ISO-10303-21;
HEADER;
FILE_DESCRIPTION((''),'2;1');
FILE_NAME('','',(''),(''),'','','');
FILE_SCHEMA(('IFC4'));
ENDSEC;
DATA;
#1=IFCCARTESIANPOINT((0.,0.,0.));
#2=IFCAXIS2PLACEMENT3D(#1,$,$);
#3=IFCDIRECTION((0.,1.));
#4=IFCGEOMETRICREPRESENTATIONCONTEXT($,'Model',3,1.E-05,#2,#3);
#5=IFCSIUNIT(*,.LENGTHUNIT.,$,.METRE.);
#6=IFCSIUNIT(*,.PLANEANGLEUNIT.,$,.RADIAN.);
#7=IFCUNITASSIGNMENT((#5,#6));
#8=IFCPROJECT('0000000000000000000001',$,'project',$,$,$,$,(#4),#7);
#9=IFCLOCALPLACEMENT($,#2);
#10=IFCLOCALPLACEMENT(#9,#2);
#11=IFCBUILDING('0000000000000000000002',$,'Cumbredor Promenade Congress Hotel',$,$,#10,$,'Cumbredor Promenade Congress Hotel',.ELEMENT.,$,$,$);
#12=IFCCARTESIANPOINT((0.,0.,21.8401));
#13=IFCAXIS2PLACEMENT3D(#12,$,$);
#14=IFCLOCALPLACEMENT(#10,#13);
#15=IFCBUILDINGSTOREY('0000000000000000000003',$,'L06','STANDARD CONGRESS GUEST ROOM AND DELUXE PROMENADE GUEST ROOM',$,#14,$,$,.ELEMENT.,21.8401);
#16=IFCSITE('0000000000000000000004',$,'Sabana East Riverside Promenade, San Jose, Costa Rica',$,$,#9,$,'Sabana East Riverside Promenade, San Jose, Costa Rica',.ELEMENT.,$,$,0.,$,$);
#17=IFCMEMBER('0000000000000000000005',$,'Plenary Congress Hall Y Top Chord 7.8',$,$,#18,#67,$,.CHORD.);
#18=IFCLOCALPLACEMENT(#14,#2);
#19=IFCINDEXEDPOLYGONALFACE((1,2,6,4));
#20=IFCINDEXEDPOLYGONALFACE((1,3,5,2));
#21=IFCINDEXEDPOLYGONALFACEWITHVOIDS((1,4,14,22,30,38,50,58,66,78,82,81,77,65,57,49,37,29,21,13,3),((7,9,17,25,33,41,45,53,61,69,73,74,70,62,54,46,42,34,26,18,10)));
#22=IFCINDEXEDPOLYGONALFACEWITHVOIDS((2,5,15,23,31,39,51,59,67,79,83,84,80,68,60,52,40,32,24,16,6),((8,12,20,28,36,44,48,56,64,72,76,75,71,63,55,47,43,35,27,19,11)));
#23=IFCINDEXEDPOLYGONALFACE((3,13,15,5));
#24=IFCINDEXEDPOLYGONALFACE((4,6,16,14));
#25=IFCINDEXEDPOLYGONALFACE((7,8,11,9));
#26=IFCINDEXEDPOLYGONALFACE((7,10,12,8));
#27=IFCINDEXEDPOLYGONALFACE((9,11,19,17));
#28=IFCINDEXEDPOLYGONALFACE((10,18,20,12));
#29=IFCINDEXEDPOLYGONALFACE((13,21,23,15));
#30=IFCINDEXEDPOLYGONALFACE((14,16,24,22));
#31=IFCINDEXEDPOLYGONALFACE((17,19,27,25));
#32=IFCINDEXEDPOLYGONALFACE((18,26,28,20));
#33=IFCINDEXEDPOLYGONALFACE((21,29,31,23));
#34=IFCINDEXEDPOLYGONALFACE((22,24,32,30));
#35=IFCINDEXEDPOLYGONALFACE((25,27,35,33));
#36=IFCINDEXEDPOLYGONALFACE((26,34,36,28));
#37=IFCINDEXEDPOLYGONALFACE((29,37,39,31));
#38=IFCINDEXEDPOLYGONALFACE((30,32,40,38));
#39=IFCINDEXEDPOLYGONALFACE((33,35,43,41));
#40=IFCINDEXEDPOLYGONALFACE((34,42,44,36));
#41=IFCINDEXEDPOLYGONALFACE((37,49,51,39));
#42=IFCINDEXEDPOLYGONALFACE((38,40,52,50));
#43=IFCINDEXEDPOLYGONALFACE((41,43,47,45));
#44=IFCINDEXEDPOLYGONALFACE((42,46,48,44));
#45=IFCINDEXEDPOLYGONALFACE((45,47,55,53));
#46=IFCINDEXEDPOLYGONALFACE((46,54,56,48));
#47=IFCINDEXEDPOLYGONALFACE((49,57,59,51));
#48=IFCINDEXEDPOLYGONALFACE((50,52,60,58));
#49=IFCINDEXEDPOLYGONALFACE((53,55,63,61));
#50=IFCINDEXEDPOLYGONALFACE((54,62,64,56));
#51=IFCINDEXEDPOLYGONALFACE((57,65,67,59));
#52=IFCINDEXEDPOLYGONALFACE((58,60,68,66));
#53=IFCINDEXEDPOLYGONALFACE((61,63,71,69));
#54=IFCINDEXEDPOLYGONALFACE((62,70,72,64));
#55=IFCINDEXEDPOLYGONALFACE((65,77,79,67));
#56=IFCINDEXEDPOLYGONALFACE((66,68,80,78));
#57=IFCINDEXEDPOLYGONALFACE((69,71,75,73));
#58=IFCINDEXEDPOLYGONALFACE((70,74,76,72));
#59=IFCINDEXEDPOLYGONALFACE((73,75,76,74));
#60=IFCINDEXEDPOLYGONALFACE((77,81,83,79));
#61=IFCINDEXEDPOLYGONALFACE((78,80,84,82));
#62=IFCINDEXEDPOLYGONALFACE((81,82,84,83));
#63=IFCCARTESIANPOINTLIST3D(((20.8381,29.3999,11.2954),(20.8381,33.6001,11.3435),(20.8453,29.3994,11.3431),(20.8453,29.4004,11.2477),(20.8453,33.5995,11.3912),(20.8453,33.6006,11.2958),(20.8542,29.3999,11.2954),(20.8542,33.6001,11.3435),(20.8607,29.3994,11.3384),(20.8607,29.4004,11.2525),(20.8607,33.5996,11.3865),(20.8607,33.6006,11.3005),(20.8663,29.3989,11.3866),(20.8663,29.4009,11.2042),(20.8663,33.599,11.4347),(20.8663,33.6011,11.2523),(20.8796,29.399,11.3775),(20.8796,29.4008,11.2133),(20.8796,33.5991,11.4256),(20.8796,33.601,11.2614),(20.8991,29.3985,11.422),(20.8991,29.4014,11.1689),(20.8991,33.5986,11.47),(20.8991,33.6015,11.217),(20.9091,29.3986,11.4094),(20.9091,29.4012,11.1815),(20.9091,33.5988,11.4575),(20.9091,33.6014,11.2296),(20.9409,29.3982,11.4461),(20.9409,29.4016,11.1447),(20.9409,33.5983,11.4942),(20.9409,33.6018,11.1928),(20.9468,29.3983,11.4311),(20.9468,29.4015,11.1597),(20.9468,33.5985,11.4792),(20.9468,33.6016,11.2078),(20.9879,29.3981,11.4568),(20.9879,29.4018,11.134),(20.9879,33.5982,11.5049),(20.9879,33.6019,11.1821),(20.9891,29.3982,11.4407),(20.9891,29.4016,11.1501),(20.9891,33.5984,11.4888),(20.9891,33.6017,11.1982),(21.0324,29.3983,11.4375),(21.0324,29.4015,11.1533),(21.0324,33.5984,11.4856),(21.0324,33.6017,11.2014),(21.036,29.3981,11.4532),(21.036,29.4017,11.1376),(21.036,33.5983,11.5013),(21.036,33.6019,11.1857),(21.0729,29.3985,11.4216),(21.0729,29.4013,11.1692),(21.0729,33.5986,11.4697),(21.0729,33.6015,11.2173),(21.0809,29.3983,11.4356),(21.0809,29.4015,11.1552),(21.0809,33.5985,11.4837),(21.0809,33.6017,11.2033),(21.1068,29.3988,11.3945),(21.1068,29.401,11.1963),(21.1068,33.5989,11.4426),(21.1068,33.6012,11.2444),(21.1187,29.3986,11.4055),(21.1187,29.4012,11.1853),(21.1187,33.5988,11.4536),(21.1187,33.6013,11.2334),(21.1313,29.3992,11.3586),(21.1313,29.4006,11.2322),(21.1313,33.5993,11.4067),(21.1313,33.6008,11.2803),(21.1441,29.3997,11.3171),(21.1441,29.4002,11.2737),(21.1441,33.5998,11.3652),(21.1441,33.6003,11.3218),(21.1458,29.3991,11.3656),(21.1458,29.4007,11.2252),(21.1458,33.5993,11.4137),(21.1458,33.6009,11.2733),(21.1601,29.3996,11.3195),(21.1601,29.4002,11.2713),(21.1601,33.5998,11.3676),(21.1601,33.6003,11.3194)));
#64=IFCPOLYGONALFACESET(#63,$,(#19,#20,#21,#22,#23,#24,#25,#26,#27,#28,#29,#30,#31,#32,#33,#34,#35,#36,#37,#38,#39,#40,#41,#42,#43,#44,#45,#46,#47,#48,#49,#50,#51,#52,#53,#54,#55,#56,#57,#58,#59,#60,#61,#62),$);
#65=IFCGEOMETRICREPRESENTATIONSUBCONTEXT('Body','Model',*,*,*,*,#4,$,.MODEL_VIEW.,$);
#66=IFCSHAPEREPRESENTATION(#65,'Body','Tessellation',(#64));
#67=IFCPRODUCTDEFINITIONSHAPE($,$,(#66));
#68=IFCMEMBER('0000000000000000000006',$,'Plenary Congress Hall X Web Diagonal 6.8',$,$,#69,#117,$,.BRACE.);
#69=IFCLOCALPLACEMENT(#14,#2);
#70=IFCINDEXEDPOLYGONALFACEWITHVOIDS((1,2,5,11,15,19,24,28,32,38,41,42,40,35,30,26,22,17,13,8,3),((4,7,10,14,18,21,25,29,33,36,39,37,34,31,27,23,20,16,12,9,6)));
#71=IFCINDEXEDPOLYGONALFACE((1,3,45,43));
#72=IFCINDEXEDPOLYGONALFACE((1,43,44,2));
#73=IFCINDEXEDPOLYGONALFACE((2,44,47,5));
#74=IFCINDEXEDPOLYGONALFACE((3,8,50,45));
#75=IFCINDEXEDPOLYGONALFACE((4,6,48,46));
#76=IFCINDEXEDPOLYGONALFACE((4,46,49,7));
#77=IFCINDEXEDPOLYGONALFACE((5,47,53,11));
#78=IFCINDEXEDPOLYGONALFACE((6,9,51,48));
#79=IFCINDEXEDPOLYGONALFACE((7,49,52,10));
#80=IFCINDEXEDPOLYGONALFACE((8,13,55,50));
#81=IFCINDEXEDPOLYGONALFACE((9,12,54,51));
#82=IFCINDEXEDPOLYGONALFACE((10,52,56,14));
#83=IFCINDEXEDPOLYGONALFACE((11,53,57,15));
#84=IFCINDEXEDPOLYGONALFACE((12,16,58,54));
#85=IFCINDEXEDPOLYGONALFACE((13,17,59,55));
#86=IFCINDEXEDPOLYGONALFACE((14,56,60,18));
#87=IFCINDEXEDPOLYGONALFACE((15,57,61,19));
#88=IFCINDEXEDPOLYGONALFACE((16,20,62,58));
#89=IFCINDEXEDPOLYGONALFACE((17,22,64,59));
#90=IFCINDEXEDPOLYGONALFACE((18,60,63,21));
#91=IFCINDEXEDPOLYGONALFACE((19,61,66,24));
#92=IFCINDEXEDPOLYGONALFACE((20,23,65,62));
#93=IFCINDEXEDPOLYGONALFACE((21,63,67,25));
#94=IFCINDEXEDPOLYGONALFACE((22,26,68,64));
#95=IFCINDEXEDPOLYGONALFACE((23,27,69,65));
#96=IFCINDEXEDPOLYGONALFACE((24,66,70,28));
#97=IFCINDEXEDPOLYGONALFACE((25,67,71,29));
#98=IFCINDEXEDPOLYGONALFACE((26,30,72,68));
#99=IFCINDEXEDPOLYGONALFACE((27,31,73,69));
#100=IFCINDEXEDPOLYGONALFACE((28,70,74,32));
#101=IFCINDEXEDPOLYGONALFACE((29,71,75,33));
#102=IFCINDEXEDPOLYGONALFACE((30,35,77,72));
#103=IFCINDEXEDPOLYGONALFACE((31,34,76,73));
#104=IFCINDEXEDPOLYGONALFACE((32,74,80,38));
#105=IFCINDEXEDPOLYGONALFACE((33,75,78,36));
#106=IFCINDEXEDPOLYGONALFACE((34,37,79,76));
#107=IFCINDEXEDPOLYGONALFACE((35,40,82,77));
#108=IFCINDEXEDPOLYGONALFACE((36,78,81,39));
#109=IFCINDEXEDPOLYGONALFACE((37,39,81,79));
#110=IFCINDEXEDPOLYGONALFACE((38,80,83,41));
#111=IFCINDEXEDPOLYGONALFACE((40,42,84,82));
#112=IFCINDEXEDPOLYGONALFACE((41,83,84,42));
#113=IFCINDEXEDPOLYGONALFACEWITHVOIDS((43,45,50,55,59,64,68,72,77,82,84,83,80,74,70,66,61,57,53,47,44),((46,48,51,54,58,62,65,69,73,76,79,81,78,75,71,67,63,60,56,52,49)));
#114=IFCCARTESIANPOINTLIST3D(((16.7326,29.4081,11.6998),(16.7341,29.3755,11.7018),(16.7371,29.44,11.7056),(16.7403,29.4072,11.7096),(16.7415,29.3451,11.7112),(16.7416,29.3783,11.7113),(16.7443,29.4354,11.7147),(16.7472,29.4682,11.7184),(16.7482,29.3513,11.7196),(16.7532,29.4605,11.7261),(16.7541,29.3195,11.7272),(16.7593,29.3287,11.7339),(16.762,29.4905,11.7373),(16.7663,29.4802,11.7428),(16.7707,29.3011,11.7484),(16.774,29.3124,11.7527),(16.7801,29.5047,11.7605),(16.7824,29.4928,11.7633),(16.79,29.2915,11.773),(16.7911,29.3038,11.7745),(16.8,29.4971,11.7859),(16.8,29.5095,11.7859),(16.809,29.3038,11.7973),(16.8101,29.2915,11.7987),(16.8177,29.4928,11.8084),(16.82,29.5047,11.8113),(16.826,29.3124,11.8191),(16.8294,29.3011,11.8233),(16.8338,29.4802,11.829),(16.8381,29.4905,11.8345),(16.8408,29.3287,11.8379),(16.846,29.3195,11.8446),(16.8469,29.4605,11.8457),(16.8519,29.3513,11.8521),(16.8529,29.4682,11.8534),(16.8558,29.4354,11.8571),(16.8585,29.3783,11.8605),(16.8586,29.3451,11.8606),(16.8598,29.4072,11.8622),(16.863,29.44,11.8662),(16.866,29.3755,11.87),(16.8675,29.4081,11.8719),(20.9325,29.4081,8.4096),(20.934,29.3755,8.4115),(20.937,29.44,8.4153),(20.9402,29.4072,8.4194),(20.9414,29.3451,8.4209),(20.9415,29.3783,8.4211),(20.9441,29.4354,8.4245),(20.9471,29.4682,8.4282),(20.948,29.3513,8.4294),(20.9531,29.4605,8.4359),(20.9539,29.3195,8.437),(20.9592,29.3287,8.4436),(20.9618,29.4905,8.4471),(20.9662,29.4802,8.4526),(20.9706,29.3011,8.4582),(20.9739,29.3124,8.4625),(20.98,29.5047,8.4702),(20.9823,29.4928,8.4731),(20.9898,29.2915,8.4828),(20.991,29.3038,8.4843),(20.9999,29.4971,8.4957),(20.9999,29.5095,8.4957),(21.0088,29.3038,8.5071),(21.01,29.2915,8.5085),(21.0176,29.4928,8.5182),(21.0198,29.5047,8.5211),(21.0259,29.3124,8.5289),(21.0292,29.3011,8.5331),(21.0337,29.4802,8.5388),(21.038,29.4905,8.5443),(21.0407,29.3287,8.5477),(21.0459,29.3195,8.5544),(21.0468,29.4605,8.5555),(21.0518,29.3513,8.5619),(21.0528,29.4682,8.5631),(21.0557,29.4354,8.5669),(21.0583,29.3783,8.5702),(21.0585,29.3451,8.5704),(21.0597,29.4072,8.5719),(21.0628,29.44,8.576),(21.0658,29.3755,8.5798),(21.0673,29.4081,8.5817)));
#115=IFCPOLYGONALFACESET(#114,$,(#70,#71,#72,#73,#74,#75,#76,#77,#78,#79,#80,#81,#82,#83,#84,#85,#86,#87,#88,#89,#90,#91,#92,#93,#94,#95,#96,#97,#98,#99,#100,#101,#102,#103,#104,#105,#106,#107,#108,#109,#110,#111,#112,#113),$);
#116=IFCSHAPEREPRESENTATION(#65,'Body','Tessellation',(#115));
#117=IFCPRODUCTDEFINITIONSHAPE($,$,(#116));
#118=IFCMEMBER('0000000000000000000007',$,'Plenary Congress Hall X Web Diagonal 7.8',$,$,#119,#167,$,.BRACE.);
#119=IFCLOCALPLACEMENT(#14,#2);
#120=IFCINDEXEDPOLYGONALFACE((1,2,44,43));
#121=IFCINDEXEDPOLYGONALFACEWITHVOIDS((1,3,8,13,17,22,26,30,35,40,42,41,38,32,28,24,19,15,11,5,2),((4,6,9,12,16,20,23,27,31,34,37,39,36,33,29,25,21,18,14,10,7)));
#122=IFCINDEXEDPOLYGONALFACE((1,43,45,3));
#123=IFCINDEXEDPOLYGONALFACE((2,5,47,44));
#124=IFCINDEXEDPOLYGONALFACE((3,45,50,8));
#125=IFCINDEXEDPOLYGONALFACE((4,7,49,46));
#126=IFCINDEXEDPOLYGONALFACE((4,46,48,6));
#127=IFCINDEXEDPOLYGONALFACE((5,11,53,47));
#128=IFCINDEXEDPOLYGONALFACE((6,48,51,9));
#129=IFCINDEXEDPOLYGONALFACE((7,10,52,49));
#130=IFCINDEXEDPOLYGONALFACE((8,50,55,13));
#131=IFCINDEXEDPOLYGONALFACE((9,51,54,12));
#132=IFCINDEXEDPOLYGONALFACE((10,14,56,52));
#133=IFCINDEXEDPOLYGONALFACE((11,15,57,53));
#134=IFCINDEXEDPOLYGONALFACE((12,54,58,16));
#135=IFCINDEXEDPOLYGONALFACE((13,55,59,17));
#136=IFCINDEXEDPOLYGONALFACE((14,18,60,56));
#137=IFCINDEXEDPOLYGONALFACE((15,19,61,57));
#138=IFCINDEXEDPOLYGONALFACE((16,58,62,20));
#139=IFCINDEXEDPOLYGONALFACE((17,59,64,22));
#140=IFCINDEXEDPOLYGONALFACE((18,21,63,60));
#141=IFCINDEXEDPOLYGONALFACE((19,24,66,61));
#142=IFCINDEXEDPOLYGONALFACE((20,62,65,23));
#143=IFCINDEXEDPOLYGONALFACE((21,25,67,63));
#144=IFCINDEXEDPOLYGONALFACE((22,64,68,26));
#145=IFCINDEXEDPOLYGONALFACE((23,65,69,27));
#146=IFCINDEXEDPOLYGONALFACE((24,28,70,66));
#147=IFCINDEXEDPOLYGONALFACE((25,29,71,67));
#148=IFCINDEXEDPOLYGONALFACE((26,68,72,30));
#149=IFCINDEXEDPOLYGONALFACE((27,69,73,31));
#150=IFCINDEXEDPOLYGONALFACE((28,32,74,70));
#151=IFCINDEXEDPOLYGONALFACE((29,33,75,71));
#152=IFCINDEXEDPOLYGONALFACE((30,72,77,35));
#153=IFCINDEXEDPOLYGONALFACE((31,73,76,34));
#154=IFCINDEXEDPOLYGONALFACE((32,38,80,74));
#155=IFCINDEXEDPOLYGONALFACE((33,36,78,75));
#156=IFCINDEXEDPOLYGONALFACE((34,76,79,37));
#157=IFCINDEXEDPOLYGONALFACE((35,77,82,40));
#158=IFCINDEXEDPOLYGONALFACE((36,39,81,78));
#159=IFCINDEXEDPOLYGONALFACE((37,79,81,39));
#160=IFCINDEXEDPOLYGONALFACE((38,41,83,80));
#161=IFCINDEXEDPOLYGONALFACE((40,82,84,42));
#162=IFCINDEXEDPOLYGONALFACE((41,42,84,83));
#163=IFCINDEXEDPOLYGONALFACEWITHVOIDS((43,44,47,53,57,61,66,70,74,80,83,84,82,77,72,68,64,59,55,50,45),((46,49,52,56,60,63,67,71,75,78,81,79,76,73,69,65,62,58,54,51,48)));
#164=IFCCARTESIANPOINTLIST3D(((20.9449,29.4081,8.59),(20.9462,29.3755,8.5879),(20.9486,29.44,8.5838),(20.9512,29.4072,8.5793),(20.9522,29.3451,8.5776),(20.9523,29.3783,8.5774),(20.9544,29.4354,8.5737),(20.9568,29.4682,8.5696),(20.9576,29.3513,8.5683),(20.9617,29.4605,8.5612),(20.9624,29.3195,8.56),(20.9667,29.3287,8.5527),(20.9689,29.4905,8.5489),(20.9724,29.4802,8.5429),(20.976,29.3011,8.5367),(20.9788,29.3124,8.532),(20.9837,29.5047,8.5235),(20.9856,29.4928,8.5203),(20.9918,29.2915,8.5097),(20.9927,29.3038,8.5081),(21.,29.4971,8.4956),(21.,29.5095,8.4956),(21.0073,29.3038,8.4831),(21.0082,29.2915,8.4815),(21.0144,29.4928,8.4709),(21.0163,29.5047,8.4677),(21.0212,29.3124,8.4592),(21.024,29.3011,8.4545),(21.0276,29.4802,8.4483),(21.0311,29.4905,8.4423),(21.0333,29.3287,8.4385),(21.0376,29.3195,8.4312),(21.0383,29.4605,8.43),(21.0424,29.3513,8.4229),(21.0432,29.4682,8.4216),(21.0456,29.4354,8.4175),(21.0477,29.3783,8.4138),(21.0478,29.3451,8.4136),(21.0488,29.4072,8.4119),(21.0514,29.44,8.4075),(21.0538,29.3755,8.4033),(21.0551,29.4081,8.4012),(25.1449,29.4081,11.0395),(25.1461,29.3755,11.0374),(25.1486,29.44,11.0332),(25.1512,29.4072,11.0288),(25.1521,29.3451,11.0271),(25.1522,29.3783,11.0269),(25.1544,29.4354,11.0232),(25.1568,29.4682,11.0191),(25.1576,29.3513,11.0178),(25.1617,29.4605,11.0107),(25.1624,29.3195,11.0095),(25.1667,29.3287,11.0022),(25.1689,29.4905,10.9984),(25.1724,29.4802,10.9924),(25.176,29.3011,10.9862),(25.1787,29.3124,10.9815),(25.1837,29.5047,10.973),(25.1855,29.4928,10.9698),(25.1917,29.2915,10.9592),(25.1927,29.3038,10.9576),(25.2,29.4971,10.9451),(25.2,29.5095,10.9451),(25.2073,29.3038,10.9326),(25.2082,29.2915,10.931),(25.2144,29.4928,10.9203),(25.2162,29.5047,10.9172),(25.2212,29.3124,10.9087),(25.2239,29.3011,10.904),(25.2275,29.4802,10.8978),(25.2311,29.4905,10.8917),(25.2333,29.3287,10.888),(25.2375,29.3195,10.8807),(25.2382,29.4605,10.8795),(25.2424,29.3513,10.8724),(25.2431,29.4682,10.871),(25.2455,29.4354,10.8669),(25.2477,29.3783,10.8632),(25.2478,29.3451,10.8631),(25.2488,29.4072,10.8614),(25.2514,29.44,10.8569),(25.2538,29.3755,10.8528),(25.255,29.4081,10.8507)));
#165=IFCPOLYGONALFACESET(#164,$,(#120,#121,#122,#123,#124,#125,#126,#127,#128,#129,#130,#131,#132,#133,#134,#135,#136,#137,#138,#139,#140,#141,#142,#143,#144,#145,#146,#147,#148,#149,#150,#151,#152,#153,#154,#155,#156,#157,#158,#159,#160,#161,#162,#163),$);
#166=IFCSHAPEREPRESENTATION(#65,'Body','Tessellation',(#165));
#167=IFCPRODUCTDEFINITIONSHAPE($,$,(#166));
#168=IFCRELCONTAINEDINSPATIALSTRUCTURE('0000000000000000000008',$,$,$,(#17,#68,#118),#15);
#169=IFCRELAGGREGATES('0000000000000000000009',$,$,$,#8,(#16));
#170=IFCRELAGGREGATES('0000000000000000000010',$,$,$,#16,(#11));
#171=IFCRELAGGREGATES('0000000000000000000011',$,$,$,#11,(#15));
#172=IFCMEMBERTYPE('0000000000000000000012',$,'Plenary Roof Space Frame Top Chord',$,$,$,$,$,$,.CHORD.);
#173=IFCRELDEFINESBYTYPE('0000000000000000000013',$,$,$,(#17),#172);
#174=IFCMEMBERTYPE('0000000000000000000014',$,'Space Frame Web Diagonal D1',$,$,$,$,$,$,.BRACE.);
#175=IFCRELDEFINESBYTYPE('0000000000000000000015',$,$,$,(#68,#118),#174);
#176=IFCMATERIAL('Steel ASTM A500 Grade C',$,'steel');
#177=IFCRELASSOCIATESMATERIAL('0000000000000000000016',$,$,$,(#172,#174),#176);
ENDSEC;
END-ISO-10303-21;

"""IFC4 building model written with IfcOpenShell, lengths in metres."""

from ifc_helpers import new_model, si_unit, direction, frame, origin, origin_2d, place, context, subcontext, project, spatial, hollow_circle, extrude, material, material_profile, profile_set, type_object, element, save


model = new_model("IFC4")

# Units and contexts
model_context = context("Model", 3, precision=1e-05, world=origin(), true_north=direction((0.0, 1.0)))
body_context = subcontext(model_context, "Body", "Model", "MODEL_VIEW")
ifc_project = project(units=[si_unit("LENGTHUNIT", "METRE"), si_unit("PLANEANGLEUNIT", "RADIAN")], contexts=[model_context])

# Site, building, storey
site_placement = place(None, origin())
site = spatial("IfcSite", under=ifc_project, at=site_placement, Name="Sabana East Riverside Promenade, San Jose, Costa Rica", LongName="Sabana East Riverside Promenade, San Jose, Costa Rica", CompositionType="ELEMENT", RefElevation=0.0)
building_placement = place(site_placement, origin())
building = spatial("IfcBuilding", under=site, at=building_placement, Name="Cumbredor Promenade Congress Hotel", LongName="Cumbredor Promenade Congress Hotel", CompositionType="ELEMENT")
storey_placement = place(building_placement, frame((0.0, 0.0, 21.8401)))
storey = spatial("IfcBuildingStorey", under=building, at=storey_placement, Name="L06", Description="STANDARD CONGRESS GUEST ROOM AND DELUXE PROMENADE GUEST ROOM", CompositionType="ELEMENT", Elevation=21.8401)

# Members
ifc_material_1 = material(Name="Steel ASTM A500 Grade C", Category="steel")
ifc_material_profile_1 = material_profile(ifc_material_1, hollow_circle(Radius=0.1619, WallThickness=0.0161, at=origin_2d()), Name="CHS 323.9x16")
ifc_profile_set_1 = profile_set([ifc_material_profile_1], Name="Steel ASTM A500 Grade C")
member_type_1 = type_object("IfcMemberType", Name="Plenary Roof Space Frame Top Chord", PredefinedType="CHORD", material=ifc_profile_set_1)
member_1_placement = place(storey_placement, frame((21.0, 29.3999, 11.2954), z_axis=(0.0, 0.999934, 0.01145), x_axis=(-1.0, 0.0, 0.0)))
element("IfcMember", 1, at=member_1_placement, inside=storey, type_object=member_type_1, Name="Plenary Congress Hall Y Top Chord 7.8", PredefinedType="CHORD", context=body_context, shape_type="SweptSolid", body=[
    extrude(hollow_circle(Radius=0.1619, WallThickness=0.0161, at=origin_2d()), origin(), (0.0, 0.0, 1.0), 4.2004),
])
ifc_material_profile_2 = material_profile(ifc_material_1, hollow_circle(Radius=0.1096, WallThickness=0.0125, at=origin_2d()), Name="CHS 219.1x12.5")
ifc_profile_set_2 = profile_set([ifc_material_profile_2], Name="Steel ASTM A500 Grade C")
member_type_2 = type_object("IfcMemberType", Name="Space Frame Web Diagonal D1", PredefinedType="BRACE", material=ifc_profile_set_2)
member_2_placement = place(storey_placement, frame((16.8, 29.3999, 11.7859), z_axis=(0.787199, 0.0, -0.616699), x_axis=(0.0, 1.0, 0.0)))
element("IfcMember", 2, at=member_2_placement, inside=storey, type_object=member_type_2, Name="Plenary Congress Hall X Web Diagonal 6.8", PredefinedType="BRACE", context=body_context, shape_type="SweptSolid", body=[
    extrude(hollow_circle(Radius=0.1096, WallThickness=0.0125, at=origin_2d()), origin(), (0.0, 0.0, 1.0), 5.3352),
])
member_3_placement = place(storey_placement, frame((21.0, 29.3999, 8.4956), z_axis=(0.863824, 0.0, 0.503793), x_axis=(0.0, 1.0, 0.0)))
element("IfcMember", 3, at=member_3_placement, inside=storey, type_object=member_type_2, Name="Plenary Congress Hall X Web Diagonal 7.8", PredefinedType="BRACE", context=body_context, shape_type="SweptSolid", body=[
    extrude(hollow_circle(Radius=0.1096, WallThickness=0.0125, at=origin_2d()), origin(), (0.0, 0.0, 1.0), 4.8621),
])

save(model, "model.ifc")
